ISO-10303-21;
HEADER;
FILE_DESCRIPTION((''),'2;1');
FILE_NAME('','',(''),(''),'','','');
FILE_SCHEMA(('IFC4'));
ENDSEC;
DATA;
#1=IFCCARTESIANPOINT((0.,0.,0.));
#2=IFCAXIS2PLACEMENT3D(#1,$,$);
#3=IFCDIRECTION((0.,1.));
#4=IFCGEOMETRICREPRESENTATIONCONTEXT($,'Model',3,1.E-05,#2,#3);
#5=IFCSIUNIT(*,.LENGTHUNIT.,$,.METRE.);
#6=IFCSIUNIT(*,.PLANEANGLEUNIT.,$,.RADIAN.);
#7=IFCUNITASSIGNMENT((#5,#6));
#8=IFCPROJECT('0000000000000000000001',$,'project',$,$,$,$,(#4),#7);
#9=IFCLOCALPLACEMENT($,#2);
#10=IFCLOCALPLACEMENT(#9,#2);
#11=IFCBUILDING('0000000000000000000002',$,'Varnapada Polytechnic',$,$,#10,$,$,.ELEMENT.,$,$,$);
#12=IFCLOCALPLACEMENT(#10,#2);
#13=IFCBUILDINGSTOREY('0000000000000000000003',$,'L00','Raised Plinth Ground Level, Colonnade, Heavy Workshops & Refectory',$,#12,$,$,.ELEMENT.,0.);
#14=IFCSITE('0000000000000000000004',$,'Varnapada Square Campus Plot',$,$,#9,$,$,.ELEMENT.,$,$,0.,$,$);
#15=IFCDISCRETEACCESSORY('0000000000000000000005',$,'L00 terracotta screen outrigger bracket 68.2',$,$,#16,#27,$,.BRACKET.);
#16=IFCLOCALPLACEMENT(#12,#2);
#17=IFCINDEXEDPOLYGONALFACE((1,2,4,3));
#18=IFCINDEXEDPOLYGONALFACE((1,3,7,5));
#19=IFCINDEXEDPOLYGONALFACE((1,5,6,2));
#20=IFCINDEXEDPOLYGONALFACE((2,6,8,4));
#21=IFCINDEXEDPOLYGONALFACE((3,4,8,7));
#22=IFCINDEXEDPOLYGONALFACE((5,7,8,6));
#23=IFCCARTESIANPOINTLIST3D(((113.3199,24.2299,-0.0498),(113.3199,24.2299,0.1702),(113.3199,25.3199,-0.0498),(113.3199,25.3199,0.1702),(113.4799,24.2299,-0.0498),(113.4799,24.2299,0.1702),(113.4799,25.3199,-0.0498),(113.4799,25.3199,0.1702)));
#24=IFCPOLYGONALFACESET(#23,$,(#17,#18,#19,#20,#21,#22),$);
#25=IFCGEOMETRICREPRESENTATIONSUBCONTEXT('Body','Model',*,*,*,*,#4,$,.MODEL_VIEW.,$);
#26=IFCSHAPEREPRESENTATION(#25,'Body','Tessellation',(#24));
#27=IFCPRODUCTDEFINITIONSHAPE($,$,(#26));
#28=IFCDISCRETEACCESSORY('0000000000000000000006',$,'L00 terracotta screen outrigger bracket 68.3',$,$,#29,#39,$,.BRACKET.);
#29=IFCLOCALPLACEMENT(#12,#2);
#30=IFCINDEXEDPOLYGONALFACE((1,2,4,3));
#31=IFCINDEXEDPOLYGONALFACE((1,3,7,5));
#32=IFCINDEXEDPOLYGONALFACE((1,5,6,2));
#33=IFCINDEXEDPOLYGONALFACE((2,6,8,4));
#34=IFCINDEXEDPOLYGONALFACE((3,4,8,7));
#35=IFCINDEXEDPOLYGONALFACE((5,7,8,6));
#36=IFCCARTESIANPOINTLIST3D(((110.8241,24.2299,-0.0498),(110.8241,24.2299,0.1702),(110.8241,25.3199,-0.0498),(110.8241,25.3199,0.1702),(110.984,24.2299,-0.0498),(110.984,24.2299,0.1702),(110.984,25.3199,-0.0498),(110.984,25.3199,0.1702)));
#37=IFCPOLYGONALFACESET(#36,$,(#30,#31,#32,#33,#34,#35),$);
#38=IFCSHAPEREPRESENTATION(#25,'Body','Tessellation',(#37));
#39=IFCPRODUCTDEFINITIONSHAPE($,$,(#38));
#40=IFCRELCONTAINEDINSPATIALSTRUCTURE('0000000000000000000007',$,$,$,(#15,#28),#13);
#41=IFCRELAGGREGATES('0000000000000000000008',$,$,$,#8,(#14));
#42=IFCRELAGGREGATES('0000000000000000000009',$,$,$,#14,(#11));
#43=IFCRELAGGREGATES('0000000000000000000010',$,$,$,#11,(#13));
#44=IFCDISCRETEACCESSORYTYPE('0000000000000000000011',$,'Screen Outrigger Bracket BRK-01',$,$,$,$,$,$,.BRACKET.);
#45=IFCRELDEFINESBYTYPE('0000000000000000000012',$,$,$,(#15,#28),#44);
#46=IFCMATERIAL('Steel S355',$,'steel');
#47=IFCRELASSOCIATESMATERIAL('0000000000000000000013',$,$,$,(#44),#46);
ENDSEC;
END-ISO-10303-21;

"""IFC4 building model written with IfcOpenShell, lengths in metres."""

from ifc_helpers import new_model, si_unit, direction, frame, origin, origin_2d, place, context, subcontext, project, spatial, rectangle, extrude, material, type_object, element, save


model = new_model("IFC4")

# Units and contexts
model_context = context("Model", 3, precision=1e-05, world=origin(), true_north=direction((0.0, 1.0)))
body_context = subcontext(model_context, "Body", "Model", "MODEL_VIEW")
ifc_project = project(units=[si_unit("LENGTHUNIT", "METRE"), si_unit("PLANEANGLEUNIT", "RADIAN")], contexts=[model_context])

# Site, building, storey
site_placement = place(None, origin())
site = spatial("IfcSite", under=ifc_project, at=site_placement, Name="Varnapada Square Campus Plot", CompositionType="ELEMENT", RefElevation=0.0)
building_placement = place(site_placement, origin())
building = spatial("IfcBuilding", under=site, at=building_placement, Name="Varnapada Polytechnic", CompositionType="ELEMENT")
storey_placement = place(building_placement, origin())
storey = spatial("IfcBuildingStorey", under=building, at=storey_placement, Name="L00", Description="Raised Plinth Ground Level, Colonnade, Heavy Workshops & Refectory", CompositionType="ELEMENT", Elevation=0.0)

# Discrete accessories
ifc_material_1 = material(Name="Steel S355", Category="steel")
discrete_accessory_type = type_object("IfcDiscreteAccessoryType", Name="Screen Outrigger Bracket BRK-01", PredefinedType="BRACKET", material=ifc_material_1)
for number, where, z_axis, x_axis, name in (
    (1, (113.3999, 24.7749, -0.0498), (0.0, 0.0, 1.0), (-1.0, 0.0, 0.0), "L00 terracotta screen outrigger bracket 68.2"),
    (2, (110.9041, 24.7749, -0.0498), (0.0, 0.0, 1.0), (-1.0, 0.0, 0.0), "L00 terracotta screen outrigger bracket 68.3"),
):
    element("IfcDiscreteAccessory", number, at=place(storey_placement, frame(where, z_axis=z_axis, x_axis=x_axis)), inside=storey, type_object=discrete_accessory_type, Name=name, PredefinedType="BRACKET", context=body_context, shape_type="SweptSolid", body=[
        extrude(rectangle(XDim=0.1599, YDim=1.0901, at=origin_2d()), origin(), (0.0, 0.0, 1.0), 0.22),
    ])

save(model, "model.ifc")
